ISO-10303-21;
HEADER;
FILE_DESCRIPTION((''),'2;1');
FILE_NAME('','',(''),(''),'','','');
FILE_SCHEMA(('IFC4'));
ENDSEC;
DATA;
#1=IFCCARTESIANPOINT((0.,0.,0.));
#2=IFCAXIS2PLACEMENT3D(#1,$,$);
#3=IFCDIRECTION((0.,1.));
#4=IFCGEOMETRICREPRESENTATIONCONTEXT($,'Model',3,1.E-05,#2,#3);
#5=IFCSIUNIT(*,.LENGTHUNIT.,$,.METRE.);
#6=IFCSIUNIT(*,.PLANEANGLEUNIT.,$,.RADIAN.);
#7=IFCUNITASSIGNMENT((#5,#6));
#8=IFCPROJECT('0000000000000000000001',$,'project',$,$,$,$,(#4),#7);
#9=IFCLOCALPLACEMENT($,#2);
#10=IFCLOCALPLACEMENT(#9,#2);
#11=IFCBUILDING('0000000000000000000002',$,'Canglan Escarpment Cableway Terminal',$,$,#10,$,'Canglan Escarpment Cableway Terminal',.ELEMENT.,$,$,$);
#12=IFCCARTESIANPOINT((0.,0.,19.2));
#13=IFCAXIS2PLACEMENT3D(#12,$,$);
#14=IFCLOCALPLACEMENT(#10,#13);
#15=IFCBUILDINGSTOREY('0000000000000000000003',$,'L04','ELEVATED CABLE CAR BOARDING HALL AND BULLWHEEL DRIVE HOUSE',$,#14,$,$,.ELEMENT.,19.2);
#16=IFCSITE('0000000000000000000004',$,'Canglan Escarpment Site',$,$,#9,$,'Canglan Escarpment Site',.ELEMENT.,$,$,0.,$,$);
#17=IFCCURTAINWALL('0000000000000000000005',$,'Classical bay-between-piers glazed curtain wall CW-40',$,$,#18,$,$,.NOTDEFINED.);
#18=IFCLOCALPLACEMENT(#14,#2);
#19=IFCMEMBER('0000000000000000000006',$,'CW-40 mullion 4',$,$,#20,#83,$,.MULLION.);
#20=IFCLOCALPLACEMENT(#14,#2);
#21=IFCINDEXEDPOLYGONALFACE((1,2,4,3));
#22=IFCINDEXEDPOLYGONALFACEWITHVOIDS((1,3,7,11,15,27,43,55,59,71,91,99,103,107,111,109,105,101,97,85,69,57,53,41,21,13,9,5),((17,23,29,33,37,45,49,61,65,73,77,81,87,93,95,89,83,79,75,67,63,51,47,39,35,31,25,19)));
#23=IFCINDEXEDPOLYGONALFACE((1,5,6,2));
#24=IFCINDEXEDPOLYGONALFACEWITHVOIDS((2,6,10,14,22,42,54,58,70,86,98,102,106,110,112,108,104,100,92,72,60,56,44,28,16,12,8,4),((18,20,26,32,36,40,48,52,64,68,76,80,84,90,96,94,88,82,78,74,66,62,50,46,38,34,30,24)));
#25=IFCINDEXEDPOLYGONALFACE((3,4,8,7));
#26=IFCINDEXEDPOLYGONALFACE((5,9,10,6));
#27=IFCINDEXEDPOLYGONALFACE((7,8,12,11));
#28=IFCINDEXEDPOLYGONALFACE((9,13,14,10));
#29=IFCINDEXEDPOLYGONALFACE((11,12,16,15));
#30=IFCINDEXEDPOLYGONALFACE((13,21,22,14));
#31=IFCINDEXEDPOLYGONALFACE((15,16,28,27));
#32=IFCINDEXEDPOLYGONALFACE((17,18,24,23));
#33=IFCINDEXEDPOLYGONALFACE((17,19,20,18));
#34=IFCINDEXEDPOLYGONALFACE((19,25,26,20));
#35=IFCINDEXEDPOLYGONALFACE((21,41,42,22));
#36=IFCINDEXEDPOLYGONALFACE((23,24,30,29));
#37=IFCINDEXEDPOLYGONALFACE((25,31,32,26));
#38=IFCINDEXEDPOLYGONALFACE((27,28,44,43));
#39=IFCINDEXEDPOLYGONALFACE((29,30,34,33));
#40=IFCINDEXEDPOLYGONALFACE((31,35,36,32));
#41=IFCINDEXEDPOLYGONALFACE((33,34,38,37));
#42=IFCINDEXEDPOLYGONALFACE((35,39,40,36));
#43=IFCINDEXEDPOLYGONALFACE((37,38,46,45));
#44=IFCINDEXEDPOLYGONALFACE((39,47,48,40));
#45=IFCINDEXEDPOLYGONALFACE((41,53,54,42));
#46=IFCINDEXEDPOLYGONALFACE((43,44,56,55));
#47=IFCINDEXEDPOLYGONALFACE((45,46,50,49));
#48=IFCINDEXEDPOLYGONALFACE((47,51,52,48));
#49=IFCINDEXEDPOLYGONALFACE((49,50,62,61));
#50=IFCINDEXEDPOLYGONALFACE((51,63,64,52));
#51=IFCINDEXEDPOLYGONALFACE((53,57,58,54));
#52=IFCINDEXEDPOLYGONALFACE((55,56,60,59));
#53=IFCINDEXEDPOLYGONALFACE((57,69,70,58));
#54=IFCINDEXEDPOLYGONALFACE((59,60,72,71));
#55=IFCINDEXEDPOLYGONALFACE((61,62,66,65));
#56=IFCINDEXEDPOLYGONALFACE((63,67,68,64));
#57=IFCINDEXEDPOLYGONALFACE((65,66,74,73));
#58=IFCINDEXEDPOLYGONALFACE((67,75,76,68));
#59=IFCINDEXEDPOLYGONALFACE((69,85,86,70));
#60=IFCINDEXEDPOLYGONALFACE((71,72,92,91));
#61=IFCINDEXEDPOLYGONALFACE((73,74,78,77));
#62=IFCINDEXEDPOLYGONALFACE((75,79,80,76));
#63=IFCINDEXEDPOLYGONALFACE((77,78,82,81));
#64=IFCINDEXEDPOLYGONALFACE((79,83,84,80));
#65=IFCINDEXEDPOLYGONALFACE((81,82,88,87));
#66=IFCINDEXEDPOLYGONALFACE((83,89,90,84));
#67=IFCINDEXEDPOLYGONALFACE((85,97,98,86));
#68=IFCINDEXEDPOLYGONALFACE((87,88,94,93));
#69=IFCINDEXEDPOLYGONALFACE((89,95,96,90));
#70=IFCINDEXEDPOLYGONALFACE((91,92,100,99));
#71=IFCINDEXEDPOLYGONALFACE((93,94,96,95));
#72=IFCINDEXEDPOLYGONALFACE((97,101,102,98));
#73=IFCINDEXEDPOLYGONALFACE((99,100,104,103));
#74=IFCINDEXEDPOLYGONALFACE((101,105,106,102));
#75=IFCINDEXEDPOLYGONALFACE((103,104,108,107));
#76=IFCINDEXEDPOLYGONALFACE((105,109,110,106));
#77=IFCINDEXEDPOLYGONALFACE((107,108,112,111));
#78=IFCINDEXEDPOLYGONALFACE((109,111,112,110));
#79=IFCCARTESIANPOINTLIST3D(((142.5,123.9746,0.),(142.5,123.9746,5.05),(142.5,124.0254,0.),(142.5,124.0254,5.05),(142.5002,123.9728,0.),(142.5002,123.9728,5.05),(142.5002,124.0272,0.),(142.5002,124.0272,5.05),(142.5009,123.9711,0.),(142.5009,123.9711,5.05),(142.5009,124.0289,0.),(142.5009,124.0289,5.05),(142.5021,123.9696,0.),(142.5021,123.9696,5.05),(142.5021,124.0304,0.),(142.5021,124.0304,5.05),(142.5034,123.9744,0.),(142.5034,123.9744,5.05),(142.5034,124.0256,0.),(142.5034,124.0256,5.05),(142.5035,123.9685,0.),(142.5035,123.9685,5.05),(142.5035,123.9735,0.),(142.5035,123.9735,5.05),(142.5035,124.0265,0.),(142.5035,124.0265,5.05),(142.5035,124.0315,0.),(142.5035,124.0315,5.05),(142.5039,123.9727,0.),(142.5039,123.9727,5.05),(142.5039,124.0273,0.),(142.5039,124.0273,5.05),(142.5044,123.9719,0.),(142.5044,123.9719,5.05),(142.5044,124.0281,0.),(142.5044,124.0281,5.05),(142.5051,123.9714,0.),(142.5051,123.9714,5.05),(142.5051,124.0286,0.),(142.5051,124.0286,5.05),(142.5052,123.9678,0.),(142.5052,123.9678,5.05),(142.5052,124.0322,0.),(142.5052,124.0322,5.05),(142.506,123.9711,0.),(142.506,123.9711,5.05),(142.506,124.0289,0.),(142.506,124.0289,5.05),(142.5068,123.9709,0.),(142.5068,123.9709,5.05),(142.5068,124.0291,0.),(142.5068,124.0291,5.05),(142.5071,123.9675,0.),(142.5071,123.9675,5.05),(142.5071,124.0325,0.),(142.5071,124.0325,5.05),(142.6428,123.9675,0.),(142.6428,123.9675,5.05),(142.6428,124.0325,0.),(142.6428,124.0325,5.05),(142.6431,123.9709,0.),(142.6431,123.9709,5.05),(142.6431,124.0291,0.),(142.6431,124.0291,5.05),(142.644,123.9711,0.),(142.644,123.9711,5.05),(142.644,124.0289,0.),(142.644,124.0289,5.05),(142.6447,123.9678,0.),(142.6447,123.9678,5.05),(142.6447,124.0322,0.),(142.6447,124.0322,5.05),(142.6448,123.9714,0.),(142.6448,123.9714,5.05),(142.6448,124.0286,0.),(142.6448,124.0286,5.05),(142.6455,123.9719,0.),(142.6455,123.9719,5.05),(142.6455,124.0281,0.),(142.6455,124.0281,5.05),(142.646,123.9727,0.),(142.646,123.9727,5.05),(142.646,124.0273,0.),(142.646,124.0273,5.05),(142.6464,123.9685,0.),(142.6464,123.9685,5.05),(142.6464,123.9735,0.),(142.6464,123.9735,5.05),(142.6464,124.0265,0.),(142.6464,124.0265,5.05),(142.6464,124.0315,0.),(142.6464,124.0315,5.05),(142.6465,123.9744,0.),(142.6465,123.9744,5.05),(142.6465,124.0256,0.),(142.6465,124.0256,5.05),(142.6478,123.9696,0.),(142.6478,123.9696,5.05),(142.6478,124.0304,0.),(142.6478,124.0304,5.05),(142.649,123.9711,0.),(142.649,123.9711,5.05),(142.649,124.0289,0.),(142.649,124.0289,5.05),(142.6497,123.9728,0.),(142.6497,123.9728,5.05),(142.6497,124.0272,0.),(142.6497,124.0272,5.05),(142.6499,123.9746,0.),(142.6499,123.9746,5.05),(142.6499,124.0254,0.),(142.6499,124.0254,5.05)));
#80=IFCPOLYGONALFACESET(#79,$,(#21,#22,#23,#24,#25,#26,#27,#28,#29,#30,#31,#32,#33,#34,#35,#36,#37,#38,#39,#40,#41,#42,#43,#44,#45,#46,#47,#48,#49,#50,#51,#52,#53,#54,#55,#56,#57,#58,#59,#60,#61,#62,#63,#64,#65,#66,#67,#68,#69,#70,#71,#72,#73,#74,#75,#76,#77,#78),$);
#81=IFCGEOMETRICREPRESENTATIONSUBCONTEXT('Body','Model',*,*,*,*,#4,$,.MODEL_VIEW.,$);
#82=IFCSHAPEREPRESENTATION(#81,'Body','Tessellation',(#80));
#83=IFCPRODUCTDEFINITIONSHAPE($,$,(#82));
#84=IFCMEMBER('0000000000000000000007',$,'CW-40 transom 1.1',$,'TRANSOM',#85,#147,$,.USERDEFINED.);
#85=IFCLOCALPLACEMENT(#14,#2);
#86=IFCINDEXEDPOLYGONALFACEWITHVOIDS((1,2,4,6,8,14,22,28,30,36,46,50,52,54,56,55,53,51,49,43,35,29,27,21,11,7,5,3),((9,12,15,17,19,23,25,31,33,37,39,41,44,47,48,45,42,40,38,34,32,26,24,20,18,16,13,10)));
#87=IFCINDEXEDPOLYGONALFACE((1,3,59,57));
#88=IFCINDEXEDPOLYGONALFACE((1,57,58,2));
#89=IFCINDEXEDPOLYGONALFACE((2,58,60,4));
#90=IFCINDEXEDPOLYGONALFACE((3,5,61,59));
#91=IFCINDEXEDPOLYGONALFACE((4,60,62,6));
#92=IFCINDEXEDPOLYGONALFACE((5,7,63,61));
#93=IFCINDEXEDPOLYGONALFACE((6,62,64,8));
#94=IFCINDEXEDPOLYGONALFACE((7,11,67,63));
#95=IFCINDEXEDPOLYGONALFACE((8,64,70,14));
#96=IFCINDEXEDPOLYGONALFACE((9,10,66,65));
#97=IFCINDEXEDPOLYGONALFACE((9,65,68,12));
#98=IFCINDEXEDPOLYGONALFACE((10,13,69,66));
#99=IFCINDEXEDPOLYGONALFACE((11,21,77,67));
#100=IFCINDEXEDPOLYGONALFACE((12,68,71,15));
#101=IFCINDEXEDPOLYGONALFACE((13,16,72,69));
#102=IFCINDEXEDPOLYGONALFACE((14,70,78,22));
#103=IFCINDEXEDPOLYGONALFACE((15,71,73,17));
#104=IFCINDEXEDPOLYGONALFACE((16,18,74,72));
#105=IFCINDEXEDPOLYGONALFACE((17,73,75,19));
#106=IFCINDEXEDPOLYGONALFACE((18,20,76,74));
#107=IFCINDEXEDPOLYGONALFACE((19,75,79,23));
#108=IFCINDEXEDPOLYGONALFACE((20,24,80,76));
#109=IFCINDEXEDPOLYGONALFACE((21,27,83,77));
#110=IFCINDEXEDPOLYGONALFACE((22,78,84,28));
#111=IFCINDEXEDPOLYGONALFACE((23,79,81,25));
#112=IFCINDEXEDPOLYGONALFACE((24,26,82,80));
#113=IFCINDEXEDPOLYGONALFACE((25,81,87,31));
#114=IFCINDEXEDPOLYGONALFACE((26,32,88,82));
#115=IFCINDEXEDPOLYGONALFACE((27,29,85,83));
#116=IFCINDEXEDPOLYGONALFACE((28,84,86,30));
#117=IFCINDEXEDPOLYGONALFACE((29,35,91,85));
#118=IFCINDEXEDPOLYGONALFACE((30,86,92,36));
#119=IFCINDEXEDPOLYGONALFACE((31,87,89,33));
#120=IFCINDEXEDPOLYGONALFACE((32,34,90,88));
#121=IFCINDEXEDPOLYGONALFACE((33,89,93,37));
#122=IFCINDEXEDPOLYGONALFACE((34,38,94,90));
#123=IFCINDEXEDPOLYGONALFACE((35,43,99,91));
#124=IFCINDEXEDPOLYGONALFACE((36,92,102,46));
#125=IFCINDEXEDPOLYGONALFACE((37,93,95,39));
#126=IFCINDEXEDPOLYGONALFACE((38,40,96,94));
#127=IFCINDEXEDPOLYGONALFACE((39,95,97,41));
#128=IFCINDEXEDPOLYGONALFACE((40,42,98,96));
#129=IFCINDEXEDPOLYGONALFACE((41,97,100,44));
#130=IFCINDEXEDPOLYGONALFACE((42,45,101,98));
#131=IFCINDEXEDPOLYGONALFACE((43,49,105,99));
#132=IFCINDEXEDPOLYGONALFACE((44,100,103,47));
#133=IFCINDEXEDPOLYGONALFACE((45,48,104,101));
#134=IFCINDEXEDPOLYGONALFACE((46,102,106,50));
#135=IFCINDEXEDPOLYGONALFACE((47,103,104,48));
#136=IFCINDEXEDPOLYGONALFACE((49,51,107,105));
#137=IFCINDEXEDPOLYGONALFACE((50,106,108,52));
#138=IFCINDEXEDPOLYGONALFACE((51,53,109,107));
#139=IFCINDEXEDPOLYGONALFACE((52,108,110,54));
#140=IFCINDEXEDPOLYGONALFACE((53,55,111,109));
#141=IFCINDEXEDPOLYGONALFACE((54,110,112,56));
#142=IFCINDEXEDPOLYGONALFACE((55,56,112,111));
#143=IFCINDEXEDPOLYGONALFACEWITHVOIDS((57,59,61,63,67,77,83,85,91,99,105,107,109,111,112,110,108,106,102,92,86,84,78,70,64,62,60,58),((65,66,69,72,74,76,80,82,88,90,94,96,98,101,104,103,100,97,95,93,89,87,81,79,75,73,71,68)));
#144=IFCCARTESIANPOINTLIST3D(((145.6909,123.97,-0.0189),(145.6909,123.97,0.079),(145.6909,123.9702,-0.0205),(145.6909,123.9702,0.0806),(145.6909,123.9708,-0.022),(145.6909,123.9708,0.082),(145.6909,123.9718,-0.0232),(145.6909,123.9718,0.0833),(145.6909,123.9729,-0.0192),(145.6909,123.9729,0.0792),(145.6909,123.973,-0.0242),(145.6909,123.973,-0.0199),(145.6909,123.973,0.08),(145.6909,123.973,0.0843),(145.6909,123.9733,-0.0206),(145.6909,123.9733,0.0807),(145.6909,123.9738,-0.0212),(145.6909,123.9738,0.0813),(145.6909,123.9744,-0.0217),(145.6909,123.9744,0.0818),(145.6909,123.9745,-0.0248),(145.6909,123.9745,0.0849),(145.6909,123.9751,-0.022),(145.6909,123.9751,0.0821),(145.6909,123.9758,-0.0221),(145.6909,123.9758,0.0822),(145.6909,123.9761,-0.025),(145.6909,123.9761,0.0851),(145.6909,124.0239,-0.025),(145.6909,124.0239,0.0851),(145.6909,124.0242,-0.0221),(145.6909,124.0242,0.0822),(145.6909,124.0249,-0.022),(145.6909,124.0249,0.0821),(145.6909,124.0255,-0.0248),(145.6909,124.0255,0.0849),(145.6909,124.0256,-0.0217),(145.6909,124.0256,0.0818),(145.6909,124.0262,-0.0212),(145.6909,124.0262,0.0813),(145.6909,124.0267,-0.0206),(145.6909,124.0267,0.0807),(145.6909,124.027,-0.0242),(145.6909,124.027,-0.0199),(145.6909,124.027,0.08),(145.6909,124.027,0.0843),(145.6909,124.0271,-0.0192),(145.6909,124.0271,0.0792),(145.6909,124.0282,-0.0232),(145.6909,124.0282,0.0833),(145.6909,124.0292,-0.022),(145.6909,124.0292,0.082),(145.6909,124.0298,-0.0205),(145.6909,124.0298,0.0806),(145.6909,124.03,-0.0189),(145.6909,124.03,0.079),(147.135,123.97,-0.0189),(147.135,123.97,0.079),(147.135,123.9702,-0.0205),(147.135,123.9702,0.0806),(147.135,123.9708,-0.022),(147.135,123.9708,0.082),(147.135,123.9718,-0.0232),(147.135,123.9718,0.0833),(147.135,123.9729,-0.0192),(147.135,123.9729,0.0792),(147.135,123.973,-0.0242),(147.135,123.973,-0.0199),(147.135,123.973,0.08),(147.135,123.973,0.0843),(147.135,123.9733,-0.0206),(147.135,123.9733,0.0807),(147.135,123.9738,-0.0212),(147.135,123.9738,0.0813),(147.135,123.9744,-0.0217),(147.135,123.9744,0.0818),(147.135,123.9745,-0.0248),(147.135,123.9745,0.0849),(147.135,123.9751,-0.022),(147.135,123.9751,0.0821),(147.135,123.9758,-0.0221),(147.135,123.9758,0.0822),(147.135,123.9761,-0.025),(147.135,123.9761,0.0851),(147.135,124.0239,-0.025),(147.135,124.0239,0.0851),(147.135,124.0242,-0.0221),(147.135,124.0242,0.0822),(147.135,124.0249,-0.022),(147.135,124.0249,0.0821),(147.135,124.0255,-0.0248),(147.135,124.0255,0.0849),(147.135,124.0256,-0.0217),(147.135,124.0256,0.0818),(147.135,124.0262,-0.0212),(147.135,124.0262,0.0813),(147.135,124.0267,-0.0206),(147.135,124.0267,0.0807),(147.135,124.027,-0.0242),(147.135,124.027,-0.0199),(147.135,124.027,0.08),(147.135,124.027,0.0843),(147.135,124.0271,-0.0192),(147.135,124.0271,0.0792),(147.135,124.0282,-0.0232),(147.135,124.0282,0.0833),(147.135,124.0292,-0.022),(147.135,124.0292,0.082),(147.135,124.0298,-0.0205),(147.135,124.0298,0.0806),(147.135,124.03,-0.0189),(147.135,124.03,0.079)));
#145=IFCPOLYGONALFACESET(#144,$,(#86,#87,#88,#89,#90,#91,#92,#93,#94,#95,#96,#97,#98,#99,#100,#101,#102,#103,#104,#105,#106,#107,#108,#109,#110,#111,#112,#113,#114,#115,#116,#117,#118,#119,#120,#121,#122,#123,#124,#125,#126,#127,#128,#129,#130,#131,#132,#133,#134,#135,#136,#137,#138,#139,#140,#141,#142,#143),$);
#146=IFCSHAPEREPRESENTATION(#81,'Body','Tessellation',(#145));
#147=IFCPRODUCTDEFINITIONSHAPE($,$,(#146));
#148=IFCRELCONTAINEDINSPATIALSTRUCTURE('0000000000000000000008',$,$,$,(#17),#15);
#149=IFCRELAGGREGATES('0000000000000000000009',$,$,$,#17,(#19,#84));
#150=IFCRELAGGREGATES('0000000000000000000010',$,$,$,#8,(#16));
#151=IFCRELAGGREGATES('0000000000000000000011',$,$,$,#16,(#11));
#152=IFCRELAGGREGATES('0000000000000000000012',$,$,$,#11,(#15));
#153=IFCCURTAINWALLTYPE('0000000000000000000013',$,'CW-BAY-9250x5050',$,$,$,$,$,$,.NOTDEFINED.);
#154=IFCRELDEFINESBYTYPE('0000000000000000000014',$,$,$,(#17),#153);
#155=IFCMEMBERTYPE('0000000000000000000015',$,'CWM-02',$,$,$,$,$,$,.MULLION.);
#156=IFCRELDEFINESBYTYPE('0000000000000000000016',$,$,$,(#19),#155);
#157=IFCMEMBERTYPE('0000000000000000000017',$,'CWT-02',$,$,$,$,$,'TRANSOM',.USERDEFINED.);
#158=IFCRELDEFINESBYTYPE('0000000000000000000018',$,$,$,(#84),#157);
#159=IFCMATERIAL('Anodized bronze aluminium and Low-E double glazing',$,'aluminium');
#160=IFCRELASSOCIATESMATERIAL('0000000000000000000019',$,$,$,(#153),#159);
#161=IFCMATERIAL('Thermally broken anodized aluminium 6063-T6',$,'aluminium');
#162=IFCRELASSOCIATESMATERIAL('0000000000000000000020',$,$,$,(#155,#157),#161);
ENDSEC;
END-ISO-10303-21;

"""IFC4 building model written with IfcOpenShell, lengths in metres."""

from ifc_helpers import new_model, si_unit, direction, frame, origin, origin_2d, place, context, subcontext, project, spatial, hollow_rectangle, extrude, material, material_profile, profile_set, type_object, element, aggregate, save


model = new_model("IFC4")

# Units and contexts
model_context = context("Model", 3, precision=1e-05, world=origin(), true_north=direction((0.0, 1.0)))
body_context = subcontext(model_context, "Body", "Model", "MODEL_VIEW")
ifc_project = project(units=[si_unit("LENGTHUNIT", "METRE"), si_unit("PLANEANGLEUNIT", "RADIAN")], contexts=[model_context])

# Site, building, storey
site_placement = place(None, origin())
site = spatial("IfcSite", under=ifc_project, at=site_placement, Name="Canglan Escarpment Site", LongName="Canglan Escarpment Site", CompositionType="ELEMENT", RefElevation=0.0)
building_placement = place(site_placement, origin())
building = spatial("IfcBuilding", under=site, at=building_placement, Name="Canglan Escarpment Cableway Terminal", LongName="Canglan Escarpment Cableway Terminal", CompositionType="ELEMENT")
storey_placement = place(building_placement, frame((0.0, 0.0, 19.2)))
storey = spatial("IfcBuildingStorey", under=building, at=storey_placement, Name="L04", Description="ELEVATED CABLE CAR BOARDING HALL AND BULLWHEEL DRIVE HOUSE", CompositionType="ELEMENT", Elevation=19.2)

# Curtain wall, members
ifc_material_1 = material(Name="Anodized bronze aluminium and Low-E double glazing", Category="aluminium")
curtain_wall_type = type_object("IfcCurtainWallType", Name="CW-BAY-9250x5050", PredefinedType="NOTDEFINED", material=ifc_material_1)
curtain_wall_placement = place(storey_placement, origin())
curtain_wall = element("IfcCurtainWall", 1, at=curtain_wall_placement, inside=storey, type_object=curtain_wall_type, Name="Classical bay-between-piers glazed curtain wall CW-40", PredefinedType="NOTDEFINED")
ifc_material_2 = material(Name="Thermally broken anodized aluminium 6063-T6", Category="aluminium")
ifc_material_profile_1 = material_profile(ifc_material_2, hollow_rectangle(XDim=0.0649, YDim=0.1499, WallThickness=0.0034, InnerFilletRadius=0.0034, OuterFilletRadius=0.0071, at=origin_2d()), Name="ALU-MULL 65x150x3.5")
ifc_profile_set_1 = profile_set([ifc_material_profile_1], Name="Thermally broken anodized aluminium 6063-T6")
member_type_1 = type_object("IfcMemberType", Name="CWM-02", PredefinedType="MULLION", material=ifc_profile_set_1)
member_1_placement = place(storey_placement, frame((142.575, 124.0, 0.0), z_axis=(0.0, 0.0, 1.0), x_axis=(0.0, -1.0, 0.0)))
member_1 = element("IfcMember", 2, at=member_1_placement, type_object=member_type_1, Name="CW-40 mullion 4", PredefinedType="MULLION", context=body_context, shape_type="SweptSolid", body=[
    extrude(hollow_rectangle(XDim=0.0649, YDim=0.1499, WallThickness=0.0034, InnerFilletRadius=0.0034, OuterFilletRadius=0.0071, at=origin_2d()), origin(), (0.0, 0.0, 1.0), 5.05),
])
ifc_material_profile_2 = material_profile(ifc_material_2, hollow_rectangle(XDim=0.0601, YDim=0.1101, WallThickness=0.0029, InnerFilletRadius=0.0029, OuterFilletRadius=0.0061, at=origin_2d()), Name="ALU-TRAN 60x110x3")
ifc_profile_set_2 = profile_set([ifc_material_profile_2], Name="Thermally broken anodized aluminium 6063-T6")
member_type_2 = type_object("IfcMemberType", Name="CWT-02", ElementType="TRANSOM", PredefinedType="USERDEFINED", material=ifc_profile_set_2)
member_2_placement = place(storey_placement, frame((147.135, 124.0, 0.03), z_axis=(-1.0, 0.0, 0.0), x_axis=(0.0, -1.0, 0.0)))
member_2 = element("IfcMember", 3, at=member_2_placement, type_object=member_type_2, Name="CW-40 transom 1.1", ObjectType="TRANSOM", PredefinedType="USERDEFINED", context=body_context, shape_type="SweptSolid", body=[
    extrude(hollow_rectangle(XDim=0.0601, YDim=0.1101, WallThickness=0.0029, InnerFilletRadius=0.0029, OuterFilletRadius=0.0061, at=origin_2d()), origin(), (0.0, 0.0, 1.0), 1.4441),
])
aggregate(curtain_wall, [member_1, member_2])

save(model, "model.ifc")
